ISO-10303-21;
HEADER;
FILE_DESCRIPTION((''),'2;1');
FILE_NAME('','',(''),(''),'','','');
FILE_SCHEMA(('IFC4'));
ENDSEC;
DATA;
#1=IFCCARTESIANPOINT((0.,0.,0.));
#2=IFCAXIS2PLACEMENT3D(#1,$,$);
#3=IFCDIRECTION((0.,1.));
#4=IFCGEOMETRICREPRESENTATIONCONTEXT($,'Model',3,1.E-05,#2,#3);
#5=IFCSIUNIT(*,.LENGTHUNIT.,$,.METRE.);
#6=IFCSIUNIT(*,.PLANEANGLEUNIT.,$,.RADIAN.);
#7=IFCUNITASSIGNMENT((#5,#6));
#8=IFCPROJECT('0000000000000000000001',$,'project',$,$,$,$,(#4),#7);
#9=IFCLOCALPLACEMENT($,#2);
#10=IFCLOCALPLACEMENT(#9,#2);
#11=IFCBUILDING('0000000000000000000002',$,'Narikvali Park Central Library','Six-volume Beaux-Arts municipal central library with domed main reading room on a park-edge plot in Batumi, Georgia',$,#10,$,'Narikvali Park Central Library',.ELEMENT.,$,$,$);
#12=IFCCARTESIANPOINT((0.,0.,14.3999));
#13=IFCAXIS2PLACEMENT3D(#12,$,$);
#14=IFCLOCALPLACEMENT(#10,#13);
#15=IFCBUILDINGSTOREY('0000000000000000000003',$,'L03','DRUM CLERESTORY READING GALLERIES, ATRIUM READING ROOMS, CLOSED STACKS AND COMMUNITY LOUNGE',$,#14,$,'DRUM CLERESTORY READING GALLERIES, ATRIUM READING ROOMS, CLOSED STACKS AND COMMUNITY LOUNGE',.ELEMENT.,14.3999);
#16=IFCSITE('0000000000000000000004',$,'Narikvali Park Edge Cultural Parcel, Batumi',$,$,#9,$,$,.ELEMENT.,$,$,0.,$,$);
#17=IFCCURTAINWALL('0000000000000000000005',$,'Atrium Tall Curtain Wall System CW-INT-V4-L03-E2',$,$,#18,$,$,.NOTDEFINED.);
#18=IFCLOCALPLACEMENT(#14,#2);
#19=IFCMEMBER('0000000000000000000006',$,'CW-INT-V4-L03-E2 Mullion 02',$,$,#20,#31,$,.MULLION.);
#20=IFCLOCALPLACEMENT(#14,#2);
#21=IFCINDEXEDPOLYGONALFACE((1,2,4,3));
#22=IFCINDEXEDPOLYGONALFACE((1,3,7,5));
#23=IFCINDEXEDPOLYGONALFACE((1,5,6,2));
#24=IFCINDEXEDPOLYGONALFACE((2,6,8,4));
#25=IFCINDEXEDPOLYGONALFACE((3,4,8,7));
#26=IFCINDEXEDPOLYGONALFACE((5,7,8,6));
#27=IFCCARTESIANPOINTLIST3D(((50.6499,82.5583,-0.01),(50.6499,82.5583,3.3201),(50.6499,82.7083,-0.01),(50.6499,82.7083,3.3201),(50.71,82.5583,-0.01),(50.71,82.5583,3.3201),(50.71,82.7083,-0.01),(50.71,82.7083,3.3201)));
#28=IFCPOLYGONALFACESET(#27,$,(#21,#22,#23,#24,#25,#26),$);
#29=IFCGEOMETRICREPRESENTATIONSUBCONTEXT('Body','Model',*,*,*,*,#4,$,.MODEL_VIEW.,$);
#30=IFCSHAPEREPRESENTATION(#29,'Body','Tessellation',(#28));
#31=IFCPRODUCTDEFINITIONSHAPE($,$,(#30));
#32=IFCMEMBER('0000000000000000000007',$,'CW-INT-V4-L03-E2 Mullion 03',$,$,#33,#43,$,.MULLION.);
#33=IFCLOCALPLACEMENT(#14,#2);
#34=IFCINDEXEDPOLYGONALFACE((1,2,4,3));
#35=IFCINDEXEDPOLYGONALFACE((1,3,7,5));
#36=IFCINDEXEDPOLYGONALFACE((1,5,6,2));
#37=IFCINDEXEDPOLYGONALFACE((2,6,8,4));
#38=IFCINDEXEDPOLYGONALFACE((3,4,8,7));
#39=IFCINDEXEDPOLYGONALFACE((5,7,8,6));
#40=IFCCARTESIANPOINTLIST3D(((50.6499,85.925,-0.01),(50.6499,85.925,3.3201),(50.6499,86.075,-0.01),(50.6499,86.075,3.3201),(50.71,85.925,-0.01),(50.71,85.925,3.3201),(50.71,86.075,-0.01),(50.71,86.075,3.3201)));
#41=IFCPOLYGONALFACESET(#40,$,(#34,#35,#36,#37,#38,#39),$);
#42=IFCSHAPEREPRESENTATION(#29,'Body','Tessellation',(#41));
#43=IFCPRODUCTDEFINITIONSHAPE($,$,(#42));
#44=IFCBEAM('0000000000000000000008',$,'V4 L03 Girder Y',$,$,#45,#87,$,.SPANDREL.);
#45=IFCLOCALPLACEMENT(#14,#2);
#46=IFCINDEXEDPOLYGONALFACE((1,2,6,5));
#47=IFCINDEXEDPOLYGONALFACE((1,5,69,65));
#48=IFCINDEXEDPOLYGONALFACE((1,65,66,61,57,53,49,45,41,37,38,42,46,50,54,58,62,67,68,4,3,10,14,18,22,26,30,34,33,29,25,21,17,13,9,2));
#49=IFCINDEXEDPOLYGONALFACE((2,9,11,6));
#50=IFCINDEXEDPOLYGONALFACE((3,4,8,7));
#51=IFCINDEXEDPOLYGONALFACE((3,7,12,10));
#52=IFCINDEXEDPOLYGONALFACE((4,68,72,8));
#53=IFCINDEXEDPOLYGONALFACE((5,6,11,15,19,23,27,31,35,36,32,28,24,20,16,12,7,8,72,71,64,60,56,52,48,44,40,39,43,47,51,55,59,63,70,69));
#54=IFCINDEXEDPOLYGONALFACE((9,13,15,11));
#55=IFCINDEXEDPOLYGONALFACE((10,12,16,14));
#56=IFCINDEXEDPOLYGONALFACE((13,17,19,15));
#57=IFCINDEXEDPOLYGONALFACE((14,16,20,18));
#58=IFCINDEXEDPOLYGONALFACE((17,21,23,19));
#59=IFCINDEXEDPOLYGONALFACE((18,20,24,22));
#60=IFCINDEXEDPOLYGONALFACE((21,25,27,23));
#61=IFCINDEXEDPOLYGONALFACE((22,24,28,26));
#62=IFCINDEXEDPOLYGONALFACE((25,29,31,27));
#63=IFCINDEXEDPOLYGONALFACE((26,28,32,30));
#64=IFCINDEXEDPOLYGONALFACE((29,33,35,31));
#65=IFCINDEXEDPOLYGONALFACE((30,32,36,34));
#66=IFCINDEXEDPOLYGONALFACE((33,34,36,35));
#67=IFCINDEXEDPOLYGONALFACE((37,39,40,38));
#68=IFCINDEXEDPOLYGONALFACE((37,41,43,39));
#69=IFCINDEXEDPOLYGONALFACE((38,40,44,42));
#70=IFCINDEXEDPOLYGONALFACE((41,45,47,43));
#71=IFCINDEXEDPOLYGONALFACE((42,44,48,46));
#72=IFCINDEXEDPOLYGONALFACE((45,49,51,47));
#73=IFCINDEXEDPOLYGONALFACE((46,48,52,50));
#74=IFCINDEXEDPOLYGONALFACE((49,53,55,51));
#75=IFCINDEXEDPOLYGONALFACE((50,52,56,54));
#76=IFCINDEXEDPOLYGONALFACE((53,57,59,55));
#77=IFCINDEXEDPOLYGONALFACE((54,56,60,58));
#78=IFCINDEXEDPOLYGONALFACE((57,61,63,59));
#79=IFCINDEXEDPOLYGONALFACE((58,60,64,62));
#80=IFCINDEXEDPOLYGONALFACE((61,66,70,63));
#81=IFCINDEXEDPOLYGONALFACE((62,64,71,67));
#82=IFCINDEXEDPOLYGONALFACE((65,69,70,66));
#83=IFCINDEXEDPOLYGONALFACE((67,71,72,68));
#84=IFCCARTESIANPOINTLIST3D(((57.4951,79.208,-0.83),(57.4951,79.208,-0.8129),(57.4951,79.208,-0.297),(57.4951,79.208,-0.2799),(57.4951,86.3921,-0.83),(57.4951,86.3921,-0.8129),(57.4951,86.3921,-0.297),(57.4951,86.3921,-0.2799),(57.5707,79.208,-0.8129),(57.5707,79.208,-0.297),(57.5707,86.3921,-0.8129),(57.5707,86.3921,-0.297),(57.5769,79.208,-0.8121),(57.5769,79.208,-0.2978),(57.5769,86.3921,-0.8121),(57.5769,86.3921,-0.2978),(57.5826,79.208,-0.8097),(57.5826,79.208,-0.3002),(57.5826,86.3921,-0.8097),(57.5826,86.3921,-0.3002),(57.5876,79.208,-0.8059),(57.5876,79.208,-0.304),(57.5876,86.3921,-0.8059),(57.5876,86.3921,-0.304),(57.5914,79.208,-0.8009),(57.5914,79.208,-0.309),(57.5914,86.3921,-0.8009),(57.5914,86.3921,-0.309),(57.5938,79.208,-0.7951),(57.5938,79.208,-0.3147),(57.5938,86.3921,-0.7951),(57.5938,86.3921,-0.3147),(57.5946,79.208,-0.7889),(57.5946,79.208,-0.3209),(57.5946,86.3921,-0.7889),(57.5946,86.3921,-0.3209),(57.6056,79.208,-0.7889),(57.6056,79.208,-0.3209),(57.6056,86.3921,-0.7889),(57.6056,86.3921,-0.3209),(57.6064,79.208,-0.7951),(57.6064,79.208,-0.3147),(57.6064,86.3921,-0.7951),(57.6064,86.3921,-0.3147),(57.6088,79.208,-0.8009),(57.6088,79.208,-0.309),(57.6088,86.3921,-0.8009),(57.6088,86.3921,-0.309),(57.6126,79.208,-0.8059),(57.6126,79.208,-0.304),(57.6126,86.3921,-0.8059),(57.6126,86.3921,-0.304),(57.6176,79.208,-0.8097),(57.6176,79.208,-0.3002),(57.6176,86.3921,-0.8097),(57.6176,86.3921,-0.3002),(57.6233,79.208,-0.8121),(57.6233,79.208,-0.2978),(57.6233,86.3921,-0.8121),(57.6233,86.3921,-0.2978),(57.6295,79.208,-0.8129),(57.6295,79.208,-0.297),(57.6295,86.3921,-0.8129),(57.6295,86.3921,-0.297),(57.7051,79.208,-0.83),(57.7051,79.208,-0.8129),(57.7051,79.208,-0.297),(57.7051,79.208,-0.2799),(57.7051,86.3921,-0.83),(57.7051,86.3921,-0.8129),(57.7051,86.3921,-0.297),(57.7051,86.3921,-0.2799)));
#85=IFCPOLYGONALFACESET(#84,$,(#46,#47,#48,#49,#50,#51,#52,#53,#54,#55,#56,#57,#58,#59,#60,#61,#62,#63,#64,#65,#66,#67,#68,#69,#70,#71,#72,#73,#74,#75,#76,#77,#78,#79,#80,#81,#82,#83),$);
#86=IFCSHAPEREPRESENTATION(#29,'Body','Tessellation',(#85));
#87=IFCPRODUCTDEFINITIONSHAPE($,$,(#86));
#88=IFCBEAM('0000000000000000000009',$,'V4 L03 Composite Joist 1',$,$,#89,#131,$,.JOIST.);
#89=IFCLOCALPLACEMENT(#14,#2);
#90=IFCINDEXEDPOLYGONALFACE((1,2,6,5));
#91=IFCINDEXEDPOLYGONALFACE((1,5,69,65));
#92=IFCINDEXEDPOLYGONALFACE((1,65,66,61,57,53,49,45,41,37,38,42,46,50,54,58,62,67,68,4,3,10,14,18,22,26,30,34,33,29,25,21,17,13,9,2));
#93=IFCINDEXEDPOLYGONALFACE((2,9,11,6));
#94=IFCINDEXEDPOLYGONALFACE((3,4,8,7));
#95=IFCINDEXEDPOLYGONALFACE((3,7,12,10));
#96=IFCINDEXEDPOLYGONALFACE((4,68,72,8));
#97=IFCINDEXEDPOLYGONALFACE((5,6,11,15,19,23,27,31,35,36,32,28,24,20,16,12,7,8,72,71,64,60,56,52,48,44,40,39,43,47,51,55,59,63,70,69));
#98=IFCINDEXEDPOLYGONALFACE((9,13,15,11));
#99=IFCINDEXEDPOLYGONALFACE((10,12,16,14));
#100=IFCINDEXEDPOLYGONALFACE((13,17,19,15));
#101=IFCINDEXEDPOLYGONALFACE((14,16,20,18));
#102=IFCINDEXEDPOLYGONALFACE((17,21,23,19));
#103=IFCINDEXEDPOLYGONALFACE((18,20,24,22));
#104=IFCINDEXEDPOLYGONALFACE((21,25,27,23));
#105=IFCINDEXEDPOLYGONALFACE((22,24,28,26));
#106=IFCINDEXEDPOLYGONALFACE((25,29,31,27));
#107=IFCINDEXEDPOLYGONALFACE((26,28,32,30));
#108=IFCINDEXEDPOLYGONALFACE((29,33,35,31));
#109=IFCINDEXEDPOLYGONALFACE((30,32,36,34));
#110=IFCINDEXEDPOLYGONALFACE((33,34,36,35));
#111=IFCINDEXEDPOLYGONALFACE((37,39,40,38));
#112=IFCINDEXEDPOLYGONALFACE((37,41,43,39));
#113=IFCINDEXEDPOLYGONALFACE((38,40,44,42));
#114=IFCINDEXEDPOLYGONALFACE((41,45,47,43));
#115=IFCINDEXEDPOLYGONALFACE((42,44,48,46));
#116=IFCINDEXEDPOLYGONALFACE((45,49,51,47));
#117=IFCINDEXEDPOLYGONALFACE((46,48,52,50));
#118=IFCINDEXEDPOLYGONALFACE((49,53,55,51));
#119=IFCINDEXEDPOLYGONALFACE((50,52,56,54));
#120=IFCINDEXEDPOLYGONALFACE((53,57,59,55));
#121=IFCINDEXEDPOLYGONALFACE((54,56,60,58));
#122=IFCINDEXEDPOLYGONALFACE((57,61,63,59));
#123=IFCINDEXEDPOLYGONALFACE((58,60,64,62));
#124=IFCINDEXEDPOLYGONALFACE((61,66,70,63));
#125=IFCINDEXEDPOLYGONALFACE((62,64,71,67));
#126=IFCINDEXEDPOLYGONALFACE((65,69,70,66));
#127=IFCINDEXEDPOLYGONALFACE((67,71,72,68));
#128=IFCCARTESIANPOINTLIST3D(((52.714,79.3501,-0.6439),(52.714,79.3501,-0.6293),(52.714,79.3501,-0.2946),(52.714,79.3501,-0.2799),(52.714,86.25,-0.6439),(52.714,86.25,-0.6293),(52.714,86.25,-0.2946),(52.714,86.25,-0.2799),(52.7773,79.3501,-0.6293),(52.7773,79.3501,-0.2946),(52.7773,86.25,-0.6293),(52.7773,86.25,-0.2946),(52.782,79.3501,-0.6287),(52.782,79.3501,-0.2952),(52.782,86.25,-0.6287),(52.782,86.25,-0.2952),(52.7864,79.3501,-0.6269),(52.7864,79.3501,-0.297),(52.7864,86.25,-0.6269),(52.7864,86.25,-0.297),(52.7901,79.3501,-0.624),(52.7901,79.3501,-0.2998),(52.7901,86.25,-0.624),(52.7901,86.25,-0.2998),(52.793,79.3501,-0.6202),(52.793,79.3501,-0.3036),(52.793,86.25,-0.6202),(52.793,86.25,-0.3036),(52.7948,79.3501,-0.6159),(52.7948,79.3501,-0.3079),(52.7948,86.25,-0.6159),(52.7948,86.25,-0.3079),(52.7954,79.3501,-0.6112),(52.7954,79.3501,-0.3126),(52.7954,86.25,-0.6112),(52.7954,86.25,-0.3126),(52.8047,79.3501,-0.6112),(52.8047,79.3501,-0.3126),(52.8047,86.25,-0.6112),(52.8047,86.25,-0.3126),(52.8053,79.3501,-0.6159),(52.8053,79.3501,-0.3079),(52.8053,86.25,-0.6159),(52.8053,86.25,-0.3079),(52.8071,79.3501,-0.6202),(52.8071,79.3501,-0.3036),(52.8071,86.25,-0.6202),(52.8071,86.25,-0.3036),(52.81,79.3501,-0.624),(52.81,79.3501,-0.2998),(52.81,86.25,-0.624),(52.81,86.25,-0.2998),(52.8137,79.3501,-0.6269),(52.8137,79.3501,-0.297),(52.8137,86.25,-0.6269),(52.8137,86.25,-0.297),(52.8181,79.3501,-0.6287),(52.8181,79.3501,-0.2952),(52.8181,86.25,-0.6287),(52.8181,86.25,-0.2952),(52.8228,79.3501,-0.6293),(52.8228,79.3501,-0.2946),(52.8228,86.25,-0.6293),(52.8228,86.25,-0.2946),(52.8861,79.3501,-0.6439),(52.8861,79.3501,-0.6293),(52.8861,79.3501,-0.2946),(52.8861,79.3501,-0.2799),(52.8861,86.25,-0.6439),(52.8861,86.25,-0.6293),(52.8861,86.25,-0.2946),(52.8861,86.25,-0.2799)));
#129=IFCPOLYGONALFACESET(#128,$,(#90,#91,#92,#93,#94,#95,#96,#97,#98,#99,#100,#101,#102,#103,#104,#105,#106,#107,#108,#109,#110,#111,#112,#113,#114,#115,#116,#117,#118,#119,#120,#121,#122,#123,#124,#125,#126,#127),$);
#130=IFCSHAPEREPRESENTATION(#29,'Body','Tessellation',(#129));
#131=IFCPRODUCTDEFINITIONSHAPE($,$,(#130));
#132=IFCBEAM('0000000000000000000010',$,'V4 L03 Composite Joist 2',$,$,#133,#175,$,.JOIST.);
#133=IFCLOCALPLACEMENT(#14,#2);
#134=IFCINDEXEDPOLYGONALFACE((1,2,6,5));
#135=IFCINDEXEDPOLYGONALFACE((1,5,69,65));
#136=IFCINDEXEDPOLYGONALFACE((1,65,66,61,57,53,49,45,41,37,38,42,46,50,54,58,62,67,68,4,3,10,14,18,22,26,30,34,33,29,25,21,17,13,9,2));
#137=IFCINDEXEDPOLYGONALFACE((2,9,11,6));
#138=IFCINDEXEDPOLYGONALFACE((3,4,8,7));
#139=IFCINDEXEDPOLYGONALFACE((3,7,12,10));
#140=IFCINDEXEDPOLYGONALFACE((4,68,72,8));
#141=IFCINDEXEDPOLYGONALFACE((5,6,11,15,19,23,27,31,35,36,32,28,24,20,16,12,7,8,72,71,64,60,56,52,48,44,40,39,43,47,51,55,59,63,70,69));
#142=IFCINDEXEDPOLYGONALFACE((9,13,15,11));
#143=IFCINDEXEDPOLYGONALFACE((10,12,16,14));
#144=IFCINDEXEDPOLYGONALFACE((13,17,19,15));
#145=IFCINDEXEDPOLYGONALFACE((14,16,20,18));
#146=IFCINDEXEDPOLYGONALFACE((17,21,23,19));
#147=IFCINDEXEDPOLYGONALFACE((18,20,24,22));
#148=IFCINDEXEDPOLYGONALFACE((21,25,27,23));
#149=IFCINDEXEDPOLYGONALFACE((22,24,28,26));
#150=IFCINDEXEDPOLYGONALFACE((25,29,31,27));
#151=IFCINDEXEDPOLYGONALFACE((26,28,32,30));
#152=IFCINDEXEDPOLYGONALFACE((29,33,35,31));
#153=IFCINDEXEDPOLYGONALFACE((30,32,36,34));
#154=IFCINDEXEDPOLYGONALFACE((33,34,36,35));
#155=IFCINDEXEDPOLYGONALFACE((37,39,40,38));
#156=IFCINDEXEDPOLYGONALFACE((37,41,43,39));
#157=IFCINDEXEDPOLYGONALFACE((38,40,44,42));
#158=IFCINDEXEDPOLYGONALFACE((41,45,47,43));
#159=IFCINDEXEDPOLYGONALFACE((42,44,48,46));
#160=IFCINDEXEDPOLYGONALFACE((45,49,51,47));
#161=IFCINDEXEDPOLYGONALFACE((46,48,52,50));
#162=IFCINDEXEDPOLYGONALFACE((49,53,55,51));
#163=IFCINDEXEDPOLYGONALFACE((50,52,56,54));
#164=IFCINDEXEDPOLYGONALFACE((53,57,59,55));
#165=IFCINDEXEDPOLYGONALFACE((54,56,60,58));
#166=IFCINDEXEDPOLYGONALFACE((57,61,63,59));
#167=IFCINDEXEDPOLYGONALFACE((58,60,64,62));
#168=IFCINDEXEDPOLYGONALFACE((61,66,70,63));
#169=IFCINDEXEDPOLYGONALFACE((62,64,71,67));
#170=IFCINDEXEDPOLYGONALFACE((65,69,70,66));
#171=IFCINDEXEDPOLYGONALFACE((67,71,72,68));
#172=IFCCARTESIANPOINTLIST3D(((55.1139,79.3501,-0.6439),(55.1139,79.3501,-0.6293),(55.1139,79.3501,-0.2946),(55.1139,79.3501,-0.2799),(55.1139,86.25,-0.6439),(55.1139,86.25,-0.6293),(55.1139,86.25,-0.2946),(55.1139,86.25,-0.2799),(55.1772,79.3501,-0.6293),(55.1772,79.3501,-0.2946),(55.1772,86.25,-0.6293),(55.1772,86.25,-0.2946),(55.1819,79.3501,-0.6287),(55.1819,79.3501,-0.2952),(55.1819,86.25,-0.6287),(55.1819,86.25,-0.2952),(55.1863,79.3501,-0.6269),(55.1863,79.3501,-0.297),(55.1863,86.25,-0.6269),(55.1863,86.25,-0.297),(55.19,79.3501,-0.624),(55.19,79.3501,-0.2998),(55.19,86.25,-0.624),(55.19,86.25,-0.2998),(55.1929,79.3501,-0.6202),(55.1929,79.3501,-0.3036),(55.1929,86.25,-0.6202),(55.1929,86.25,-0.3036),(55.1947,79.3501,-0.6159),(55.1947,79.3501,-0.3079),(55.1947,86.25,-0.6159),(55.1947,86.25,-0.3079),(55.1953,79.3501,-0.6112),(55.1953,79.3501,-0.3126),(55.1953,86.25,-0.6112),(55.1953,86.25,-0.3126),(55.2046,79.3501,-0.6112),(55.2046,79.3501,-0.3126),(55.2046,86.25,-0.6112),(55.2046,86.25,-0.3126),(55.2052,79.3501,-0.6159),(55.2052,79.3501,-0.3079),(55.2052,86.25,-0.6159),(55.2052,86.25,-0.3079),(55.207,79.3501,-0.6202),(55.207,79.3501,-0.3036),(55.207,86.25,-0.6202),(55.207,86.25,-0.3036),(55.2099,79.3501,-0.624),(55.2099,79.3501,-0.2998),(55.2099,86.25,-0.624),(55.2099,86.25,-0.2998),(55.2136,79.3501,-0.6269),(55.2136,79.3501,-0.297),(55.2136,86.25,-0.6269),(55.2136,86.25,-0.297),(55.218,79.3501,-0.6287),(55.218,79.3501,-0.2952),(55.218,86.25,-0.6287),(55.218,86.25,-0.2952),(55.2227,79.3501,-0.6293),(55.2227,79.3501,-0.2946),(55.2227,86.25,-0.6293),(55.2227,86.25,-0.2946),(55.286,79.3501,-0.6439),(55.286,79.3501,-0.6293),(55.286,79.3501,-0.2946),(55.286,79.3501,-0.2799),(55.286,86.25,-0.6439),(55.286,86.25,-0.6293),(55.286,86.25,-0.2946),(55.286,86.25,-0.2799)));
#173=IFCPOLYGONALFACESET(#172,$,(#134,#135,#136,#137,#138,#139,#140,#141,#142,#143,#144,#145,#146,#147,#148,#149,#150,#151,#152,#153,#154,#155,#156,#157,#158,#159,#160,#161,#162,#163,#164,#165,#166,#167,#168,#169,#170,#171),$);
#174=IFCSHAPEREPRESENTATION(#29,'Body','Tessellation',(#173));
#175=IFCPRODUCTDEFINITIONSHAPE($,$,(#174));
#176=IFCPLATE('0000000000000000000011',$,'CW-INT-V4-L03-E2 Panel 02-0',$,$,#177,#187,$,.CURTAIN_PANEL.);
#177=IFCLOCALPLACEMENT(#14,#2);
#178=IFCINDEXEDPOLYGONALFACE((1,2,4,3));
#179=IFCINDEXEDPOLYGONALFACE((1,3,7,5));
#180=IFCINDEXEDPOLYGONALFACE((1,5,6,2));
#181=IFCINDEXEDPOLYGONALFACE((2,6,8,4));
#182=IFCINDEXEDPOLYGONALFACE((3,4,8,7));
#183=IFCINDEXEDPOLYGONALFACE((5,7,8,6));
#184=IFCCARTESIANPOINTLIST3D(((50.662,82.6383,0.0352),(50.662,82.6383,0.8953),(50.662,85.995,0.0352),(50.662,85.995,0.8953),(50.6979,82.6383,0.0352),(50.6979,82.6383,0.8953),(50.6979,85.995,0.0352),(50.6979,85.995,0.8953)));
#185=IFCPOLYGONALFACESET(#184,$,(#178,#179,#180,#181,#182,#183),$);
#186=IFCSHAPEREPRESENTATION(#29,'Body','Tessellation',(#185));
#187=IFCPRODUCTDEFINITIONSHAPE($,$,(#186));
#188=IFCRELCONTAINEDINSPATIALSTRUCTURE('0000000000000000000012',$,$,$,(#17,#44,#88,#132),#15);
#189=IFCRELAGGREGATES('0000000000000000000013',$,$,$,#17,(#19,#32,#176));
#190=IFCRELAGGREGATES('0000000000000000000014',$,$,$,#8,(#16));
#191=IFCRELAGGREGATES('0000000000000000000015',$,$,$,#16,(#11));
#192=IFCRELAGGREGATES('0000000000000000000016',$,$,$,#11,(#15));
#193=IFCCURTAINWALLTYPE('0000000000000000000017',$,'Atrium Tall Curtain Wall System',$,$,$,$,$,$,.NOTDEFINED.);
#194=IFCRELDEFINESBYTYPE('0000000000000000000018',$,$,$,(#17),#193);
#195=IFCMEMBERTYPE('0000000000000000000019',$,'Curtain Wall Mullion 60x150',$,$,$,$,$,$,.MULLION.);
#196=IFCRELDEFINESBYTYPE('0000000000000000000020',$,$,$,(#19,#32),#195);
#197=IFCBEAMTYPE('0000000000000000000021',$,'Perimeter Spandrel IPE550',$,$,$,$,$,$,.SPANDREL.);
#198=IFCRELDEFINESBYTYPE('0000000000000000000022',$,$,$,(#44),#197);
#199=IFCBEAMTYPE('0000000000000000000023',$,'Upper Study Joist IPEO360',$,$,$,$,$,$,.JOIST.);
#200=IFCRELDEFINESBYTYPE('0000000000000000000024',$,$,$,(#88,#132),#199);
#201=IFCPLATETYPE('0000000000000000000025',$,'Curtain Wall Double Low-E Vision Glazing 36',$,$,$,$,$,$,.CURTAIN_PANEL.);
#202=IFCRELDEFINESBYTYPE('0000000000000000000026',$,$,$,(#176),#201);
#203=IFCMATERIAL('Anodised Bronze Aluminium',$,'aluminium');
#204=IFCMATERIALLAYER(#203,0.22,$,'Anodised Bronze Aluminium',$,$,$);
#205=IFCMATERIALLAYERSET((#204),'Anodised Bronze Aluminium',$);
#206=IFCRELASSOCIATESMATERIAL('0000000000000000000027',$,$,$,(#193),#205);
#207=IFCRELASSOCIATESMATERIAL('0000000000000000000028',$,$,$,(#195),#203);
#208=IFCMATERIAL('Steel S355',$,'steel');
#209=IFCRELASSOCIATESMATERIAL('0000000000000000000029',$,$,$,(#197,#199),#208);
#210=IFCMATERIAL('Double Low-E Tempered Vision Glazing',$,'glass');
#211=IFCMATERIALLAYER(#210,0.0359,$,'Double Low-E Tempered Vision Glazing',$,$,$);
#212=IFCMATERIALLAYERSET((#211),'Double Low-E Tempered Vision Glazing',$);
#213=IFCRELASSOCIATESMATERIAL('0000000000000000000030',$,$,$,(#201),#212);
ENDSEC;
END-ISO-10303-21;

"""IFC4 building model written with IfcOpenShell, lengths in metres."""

from ifc_helpers import new_model, si_unit, direction, frame, origin, origin_2d, place, context, subcontext, project, spatial, rectangle, i_section, extrude, material, layer, layer_set, material_profile, profile_set, type_object, element, aggregate, save


model = new_model("IFC4")

# Units and contexts
model_context = context("Model", 3, precision=1e-05, world=origin(), true_north=direction((0.0, 1.0)))
body_context = subcontext(model_context, "Body", "Model", "MODEL_VIEW")
ifc_project = project(units=[si_unit("LENGTHUNIT", "METRE"), si_unit("PLANEANGLEUNIT", "RADIAN")], contexts=[model_context])

# Site, building, storey
site_placement = place(None, origin())
site = spatial("IfcSite", under=ifc_project, at=site_placement, Name="Narikvali Park Edge Cultural Parcel, Batumi", CompositionType="ELEMENT", RefElevation=0.0)
building_placement = place(site_placement, origin())
building = spatial("IfcBuilding", under=site, at=building_placement, Name="Narikvali Park Central Library", Description="Six-volume Beaux-Arts municipal central library with domed main reading room on a park-edge plot in Batumi, Georgia", LongName="Narikvali Park Central Library", CompositionType="ELEMENT")
storey_placement = place(building_placement, frame((0.0, 0.0, 14.3999)))
storey = spatial("IfcBuildingStorey", under=building, at=storey_placement, Name="L03", Description="DRUM CLERESTORY READING GALLERIES, ATRIUM READING ROOMS, CLOSED STACKS AND COMMUNITY LOUNGE", LongName="DRUM CLERESTORY READING GALLERIES, ATRIUM READING ROOMS, CLOSED STACKS AND COMMUNITY LOUNGE", CompositionType="ELEMENT", Elevation=14.3999)

# Shared definitions
ifc_material_1 = material(Name="Steel S355", Category="steel")

# Curtain wall, members
ifc_material_2 = material(Name="Anodised Bronze Aluminium", Category="aluminium")
ifc_layer_1 = layer(ifc_material_2, 0.22, Name="Anodised Bronze Aluminium")
ifc_layer_set_1 = layer_set([ifc_layer_1], Name="Anodised Bronze Aluminium")
curtain_wall_type = type_object("IfcCurtainWallType", Name="Atrium Tall Curtain Wall System", PredefinedType="NOTDEFINED", material=ifc_layer_set_1)
curtain_wall_placement = place(storey_placement, origin())
curtain_wall = element("IfcCurtainWall", 1, at=curtain_wall_placement, inside=storey, type_object=curtain_wall_type, Name="Atrium Tall Curtain Wall System CW-INT-V4-L03-E2", PredefinedType="NOTDEFINED")
ifc_material_profile_1 = material_profile(ifc_material_2, rectangle(XDim=0.0601, YDim=0.1499, at=origin_2d()), Name="CW MULLION 60x150")
ifc_profile_set_1 = profile_set([ifc_material_profile_1], Name="Anodised Bronze Aluminium")
member_type = type_object("IfcMemberType", Name="Curtain Wall Mullion 60x150", PredefinedType="MULLION", material=ifc_profile_set_1)
member_1_placement = place(storey_placement, frame((50.6799, 82.6333, -0.01), z_axis=(0.0, 0.0, 1.0), x_axis=(1.0, 0.0, 0.0)))
member_1 = element("IfcMember", 2, at=member_1_placement, type_object=member_type, Name="CW-INT-V4-L03-E2 Mullion 02", PredefinedType="MULLION", context=body_context, shape_type="SweptSolid", body=[
    extrude(rectangle(XDim=0.0601, YDim=0.1499, at=origin_2d()), origin(), (0.0, 0.0, 1.0), 3.3301),
])
member_2_placement = place(storey_placement, frame((50.6799, 86.0, -0.01), z_axis=(0.0, 0.0, 1.0), x_axis=(1.0, 0.0, 0.0)))
member_2 = element("IfcMember", 3, at=member_2_placement, type_object=member_type, Name="CW-INT-V4-L03-E2 Mullion 03", PredefinedType="MULLION", context=body_context, shape_type="SweptSolid", body=[
    extrude(rectangle(XDim=0.0601, YDim=0.1499, at=origin_2d()), origin(), (0.0, 0.0, 1.0), 3.3301),
])

# Beams
ifc_material_profile_2 = material_profile(ifc_material_1, i_section(OverallWidth=0.21, OverallDepth=0.55, WebThickness=0.011, FlangeThickness=0.0171, FilletRadius=0.0239, at=origin_2d()), Name="IPE 550")
ifc_profile_set_2 = profile_set([ifc_material_profile_2], Name="Steel S355")
beam_type_1 = type_object("IfcBeamType", Name="Perimeter Spandrel IPE550", PredefinedType="SPANDREL", material=ifc_profile_set_2)
beam_1_placement = place(storey_placement, frame((57.6001, 79.208, -0.5549), z_axis=(0.0, 1.0, 0.0), x_axis=(-1.0, 0.0, 0.0)))
element("IfcBeam", 4, at=beam_1_placement, inside=storey, type_object=beam_type_1, Name="V4 L03 Girder Y", PredefinedType="SPANDREL", context=body_context, shape_type="SweptSolid", body=[
    extrude(i_section(OverallWidth=0.21, OverallDepth=0.55, WebThickness=0.011, FlangeThickness=0.0171, FilletRadius=0.0239, at=origin_2d()), origin(), (0.0, 0.0, 1.0), 7.1841),
])
ifc_material_profile_3 = material_profile(ifc_material_1, i_section(OverallWidth=0.1721, OverallDepth=0.364, WebThickness=0.0093, FlangeThickness=0.0146, FilletRadius=0.0181, at=origin_2d()), Name="IPEO 360")
ifc_profile_set_3 = profile_set([ifc_material_profile_3], Name="Steel S355")
beam_type_2 = type_object("IfcBeamType", Name="Upper Study Joist IPEO360", PredefinedType="JOIST", material=ifc_profile_set_3)
for number, where, z_axis, x_axis, name in (
    (5, (52.8, 79.3501, -0.4619), (0.0, 1.0, 0.0), (-1.0, 0.0, 0.0), "V4 L03 Composite Joist 1"),
    (6, (55.2, 79.3501, -0.4619), (0.0, 1.0, 0.0), (-1.0, 0.0, 0.0), "V4 L03 Composite Joist 2"),
):
    element("IfcBeam", number, at=place(storey_placement, frame(where, z_axis=z_axis, x_axis=x_axis)), inside=storey, type_object=beam_type_2, Name=name, PredefinedType="JOIST", context=body_context, shape_type="SweptSolid", body=[
        extrude(i_section(OverallWidth=0.1721, OverallDepth=0.364, WebThickness=0.0093, FlangeThickness=0.0146, FilletRadius=0.0181, at=origin_2d()), origin(), (0.0, 0.0, 1.0), 6.8999),
    ])

# Plate
ifc_material_3 = material(Name="Double Low-E Tempered Vision Glazing", Category="glass")
ifc_layer_2 = layer(ifc_material_3, 0.0359, Name="Double Low-E Tempered Vision Glazing")
ifc_layer_set_2 = layer_set([ifc_layer_2], Name="Double Low-E Tempered Vision Glazing")
plate_type_1 = type_object("IfcPlateType", Name="Curtain Wall Double Low-E Vision Glazing 36", PredefinedType="CURTAIN_PANEL", material=ifc_layer_set_2)
plate_1_placement = place(storey_placement, frame((50.6799, 84.3167, 0.0352), z_axis=(0.0, 0.0, 1.0), x_axis=(0.0, 1.0, 0.0)))
plate_1 = element("IfcPlate", 7, at=plate_1_placement, type_object=plate_type_1, Name="CW-INT-V4-L03-E2 Panel 02-0", PredefinedType="CURTAIN_PANEL", context=body_context, shape_type="SweptSolid", body=[
    extrude(rectangle(XDim=3.3567, YDim=0.0359, at=origin_2d()), origin(), (0.0, 0.0, 1.0), 0.8601),
])
aggregate(curtain_wall, [member_1, member_2, plate_1])

save(model, "model.ifc")
